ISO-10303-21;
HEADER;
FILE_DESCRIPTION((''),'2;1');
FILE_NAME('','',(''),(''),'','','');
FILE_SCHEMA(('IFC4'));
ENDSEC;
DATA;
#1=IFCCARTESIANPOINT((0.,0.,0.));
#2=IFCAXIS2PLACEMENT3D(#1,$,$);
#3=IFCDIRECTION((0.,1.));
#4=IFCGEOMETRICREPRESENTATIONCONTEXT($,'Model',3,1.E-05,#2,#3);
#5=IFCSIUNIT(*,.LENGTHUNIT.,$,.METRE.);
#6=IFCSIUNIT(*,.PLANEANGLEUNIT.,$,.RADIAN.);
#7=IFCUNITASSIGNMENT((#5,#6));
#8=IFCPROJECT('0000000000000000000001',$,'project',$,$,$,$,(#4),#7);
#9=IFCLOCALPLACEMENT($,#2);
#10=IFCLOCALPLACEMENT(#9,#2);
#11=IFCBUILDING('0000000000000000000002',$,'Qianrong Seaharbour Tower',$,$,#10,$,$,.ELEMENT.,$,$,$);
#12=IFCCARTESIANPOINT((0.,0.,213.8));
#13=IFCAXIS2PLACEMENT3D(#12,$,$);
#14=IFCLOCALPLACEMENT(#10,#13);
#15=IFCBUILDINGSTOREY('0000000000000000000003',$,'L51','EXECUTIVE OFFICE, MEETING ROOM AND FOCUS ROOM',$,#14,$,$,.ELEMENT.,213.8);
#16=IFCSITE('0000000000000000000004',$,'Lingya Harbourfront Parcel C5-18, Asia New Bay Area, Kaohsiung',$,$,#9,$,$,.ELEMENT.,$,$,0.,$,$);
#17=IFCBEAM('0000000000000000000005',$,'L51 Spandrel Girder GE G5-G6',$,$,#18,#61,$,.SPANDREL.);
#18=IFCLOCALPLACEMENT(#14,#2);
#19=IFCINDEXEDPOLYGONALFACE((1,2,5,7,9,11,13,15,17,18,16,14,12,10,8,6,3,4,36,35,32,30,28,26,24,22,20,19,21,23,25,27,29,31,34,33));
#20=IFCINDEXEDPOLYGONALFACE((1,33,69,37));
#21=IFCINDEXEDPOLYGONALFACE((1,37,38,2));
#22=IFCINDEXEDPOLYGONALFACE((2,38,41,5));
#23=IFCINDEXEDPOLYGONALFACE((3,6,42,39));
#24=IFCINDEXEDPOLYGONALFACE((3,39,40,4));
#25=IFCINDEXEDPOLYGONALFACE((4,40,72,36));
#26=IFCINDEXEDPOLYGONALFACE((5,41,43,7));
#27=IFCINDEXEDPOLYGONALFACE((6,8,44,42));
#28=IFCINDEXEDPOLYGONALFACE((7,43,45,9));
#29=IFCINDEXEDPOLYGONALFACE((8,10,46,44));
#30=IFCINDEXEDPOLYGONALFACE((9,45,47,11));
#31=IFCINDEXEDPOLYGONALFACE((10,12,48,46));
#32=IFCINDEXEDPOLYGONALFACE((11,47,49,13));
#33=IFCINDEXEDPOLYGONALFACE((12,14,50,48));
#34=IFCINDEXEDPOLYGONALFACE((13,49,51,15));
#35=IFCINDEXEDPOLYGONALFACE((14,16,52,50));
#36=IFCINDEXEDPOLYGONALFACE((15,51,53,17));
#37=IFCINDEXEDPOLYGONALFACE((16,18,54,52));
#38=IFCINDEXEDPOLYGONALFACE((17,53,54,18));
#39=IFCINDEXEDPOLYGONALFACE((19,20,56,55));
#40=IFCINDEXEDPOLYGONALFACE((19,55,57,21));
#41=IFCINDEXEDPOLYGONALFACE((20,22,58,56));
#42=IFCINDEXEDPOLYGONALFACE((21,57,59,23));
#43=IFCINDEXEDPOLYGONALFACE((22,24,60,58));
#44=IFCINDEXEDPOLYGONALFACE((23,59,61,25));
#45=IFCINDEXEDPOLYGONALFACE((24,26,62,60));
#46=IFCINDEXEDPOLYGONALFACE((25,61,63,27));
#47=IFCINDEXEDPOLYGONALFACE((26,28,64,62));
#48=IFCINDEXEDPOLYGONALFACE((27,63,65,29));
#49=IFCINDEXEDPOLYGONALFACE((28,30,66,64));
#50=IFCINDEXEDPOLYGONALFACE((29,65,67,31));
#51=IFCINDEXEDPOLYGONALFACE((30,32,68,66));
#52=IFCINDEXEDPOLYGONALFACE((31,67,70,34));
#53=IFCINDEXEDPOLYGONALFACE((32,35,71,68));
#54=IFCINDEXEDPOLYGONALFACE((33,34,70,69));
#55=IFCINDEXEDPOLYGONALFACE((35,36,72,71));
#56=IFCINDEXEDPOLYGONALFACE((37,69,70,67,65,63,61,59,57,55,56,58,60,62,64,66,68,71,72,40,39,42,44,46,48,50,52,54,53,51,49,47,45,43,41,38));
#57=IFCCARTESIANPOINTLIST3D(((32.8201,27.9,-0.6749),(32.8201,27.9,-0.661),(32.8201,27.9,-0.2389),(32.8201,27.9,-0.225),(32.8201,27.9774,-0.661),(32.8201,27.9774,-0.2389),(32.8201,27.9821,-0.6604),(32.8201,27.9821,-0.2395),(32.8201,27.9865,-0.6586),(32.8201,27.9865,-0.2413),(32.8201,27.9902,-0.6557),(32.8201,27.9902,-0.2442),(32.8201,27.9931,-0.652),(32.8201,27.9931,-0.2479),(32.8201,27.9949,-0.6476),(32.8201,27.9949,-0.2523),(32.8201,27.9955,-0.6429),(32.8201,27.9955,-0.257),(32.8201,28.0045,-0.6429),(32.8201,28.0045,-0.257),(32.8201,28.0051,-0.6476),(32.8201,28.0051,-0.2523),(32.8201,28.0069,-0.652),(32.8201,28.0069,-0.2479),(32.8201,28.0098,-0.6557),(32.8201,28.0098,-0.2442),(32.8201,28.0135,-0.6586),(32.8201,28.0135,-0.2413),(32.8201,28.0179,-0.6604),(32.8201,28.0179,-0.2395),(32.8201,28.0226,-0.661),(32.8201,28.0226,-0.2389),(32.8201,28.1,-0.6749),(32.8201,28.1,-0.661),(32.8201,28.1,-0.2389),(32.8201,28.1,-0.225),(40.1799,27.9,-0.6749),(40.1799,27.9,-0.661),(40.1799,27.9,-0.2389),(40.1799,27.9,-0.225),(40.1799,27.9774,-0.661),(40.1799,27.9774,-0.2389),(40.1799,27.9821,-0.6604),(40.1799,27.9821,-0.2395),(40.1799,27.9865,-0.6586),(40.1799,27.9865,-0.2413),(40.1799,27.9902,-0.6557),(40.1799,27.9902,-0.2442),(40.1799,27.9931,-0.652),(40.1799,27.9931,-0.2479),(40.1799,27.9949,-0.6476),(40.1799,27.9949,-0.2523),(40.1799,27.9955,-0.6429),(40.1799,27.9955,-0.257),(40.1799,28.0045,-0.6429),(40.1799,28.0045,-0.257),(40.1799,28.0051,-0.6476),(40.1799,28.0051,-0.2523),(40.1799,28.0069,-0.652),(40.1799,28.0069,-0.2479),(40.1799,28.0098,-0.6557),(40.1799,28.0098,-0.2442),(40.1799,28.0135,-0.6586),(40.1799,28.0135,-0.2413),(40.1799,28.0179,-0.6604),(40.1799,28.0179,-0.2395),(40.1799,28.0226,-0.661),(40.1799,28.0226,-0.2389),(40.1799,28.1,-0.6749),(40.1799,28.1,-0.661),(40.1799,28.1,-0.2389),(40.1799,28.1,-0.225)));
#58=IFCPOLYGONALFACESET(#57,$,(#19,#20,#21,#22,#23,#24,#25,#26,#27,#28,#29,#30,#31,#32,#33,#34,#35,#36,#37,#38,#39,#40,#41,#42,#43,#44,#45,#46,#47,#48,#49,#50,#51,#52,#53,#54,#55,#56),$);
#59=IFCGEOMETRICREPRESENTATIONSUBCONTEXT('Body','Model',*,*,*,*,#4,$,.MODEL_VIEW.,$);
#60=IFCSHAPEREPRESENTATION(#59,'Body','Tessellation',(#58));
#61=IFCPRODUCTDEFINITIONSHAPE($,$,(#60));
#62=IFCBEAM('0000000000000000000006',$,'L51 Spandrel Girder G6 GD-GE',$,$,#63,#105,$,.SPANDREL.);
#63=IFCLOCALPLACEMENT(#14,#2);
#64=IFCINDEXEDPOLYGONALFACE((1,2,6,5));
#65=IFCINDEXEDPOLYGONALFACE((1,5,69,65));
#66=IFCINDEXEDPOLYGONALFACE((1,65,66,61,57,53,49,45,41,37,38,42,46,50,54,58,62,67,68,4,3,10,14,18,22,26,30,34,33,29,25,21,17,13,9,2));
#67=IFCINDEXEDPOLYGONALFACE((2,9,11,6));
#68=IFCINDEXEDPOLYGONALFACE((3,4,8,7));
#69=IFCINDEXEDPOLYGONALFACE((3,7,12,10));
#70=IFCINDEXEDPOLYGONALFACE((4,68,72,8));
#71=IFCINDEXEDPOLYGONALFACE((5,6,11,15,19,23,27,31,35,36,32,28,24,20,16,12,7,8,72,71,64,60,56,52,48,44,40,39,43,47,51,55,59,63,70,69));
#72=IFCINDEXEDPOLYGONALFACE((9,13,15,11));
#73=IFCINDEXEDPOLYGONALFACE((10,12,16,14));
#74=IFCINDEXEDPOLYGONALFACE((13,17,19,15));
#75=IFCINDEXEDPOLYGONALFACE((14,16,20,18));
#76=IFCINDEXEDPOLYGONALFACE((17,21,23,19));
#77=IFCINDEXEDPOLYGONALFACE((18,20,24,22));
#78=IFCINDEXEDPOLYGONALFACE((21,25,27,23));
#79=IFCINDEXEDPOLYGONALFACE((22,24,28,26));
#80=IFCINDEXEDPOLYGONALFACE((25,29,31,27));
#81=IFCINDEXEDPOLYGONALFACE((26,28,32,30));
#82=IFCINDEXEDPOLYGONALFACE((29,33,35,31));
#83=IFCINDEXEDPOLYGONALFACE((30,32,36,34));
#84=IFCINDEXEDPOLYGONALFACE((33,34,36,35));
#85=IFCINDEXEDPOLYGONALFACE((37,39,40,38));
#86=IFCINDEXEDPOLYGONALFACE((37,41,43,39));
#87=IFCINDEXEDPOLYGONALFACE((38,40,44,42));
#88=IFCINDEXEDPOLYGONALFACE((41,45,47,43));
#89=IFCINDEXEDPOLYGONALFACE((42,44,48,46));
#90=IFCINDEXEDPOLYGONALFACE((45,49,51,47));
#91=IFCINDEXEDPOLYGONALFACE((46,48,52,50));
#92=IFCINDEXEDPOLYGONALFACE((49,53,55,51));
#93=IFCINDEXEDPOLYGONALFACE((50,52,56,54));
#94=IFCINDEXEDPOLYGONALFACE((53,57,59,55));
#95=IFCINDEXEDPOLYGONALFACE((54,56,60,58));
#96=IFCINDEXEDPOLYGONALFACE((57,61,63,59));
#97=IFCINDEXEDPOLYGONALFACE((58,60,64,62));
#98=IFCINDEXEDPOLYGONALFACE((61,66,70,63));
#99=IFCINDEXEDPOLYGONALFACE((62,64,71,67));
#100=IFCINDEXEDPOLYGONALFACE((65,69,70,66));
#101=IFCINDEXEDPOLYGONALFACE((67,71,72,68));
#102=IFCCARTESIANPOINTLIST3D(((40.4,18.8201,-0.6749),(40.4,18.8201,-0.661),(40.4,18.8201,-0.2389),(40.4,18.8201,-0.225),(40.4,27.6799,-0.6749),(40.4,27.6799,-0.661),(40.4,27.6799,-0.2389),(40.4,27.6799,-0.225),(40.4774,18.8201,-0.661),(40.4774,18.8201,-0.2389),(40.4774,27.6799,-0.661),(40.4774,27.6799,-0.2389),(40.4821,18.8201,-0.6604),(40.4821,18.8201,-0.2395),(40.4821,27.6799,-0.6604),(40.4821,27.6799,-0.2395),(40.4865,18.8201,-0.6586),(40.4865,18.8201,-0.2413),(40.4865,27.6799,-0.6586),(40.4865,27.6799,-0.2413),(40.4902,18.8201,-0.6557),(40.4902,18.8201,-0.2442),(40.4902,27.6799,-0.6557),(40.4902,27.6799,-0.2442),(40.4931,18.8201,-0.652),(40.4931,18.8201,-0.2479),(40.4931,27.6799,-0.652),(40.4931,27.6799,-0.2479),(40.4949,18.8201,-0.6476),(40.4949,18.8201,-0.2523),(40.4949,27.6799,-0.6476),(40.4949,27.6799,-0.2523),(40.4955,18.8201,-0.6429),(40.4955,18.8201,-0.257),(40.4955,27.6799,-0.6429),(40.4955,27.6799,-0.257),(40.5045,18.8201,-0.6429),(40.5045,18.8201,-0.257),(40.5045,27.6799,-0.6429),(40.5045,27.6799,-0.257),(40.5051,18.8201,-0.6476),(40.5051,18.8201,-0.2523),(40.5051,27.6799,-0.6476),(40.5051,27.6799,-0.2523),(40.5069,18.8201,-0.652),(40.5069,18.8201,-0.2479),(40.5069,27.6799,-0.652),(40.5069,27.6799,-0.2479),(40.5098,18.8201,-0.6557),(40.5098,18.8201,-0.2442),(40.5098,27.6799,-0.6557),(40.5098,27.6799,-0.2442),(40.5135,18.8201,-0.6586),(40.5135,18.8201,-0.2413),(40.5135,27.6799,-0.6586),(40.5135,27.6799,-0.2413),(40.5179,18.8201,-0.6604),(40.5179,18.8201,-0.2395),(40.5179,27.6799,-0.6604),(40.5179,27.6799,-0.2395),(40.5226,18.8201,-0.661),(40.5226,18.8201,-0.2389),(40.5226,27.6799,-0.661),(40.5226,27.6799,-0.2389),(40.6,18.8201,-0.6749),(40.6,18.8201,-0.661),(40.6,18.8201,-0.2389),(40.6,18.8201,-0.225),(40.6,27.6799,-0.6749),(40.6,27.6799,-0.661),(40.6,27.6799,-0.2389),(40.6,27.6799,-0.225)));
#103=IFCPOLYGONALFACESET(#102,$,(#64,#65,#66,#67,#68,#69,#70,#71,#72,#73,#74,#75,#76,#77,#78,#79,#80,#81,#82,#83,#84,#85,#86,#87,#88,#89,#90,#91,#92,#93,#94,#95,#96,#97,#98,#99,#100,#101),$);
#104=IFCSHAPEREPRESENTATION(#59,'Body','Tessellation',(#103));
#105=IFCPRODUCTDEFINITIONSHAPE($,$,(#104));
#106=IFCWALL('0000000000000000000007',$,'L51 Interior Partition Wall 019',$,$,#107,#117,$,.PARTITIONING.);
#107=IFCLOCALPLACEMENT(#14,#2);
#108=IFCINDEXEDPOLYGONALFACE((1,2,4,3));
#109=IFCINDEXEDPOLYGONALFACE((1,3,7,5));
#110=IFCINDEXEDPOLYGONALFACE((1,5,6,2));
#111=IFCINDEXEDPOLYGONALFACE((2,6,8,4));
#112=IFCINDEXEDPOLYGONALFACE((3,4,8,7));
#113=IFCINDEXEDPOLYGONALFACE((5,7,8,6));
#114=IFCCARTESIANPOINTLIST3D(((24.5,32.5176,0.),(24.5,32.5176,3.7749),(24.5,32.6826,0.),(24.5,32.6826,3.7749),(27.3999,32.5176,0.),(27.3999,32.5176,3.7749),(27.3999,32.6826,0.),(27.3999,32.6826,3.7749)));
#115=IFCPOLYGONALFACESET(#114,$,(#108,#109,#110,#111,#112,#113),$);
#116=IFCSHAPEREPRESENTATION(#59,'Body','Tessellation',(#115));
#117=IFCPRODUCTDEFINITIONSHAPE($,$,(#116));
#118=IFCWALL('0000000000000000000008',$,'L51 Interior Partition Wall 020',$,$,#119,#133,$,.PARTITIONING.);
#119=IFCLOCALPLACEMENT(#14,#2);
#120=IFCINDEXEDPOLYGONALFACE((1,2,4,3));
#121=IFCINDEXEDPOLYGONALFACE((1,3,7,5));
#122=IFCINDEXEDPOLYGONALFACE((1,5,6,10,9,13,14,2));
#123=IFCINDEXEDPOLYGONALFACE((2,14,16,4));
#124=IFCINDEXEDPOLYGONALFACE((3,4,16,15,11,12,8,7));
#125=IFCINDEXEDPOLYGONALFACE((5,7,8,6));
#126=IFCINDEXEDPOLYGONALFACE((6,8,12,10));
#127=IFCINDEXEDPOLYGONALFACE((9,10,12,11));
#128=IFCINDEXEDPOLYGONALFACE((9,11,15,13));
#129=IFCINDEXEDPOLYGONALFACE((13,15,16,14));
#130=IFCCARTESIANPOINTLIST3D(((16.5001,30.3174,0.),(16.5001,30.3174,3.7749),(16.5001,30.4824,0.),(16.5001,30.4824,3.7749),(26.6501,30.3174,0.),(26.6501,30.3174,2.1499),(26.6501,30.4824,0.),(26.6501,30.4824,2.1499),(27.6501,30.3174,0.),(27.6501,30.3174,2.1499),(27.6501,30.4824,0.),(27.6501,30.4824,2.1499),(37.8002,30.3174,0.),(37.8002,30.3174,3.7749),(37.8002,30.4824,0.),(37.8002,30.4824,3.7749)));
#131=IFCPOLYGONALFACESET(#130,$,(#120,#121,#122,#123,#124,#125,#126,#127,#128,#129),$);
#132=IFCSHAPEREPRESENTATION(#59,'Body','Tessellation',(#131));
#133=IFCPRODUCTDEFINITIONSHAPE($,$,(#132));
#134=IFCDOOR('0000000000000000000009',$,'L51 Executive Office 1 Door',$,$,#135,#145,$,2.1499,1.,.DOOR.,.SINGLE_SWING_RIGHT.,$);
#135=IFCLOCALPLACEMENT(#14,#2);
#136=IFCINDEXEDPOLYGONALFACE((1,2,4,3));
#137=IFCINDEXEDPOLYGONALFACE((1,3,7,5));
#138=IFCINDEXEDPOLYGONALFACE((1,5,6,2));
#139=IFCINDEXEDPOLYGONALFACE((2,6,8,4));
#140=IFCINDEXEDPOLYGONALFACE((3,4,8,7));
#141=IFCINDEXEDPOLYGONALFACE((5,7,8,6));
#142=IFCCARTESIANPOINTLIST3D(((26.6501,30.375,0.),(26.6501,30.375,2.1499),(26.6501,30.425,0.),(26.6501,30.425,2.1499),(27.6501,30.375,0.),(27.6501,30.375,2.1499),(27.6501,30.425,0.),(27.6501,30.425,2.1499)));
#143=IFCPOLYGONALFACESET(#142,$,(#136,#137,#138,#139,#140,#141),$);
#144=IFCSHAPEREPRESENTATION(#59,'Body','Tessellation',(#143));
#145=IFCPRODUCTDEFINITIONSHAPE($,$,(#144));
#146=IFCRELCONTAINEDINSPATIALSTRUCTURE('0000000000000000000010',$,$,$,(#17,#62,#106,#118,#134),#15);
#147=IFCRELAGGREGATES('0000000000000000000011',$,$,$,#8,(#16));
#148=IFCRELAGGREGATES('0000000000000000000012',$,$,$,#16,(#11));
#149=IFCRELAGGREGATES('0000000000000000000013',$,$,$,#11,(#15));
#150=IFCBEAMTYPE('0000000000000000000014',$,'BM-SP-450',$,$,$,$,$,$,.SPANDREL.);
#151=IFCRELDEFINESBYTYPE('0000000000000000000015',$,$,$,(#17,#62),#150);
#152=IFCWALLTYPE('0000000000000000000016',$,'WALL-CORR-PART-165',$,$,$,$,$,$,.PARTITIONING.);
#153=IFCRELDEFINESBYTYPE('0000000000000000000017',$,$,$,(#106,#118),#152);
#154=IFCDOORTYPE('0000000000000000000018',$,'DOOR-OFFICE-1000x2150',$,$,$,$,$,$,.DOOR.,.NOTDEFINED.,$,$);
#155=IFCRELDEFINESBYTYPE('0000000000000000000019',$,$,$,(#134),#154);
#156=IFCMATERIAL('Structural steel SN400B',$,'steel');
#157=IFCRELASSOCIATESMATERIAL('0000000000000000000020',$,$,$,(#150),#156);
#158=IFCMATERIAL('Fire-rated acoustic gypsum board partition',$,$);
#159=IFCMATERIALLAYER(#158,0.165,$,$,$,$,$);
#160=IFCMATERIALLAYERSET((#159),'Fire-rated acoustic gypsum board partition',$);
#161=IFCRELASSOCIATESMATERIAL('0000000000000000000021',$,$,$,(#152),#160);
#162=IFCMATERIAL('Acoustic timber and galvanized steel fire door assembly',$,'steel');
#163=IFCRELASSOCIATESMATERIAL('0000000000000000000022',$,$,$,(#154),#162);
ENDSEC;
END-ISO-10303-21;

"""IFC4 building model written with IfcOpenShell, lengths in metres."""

from ifc_helpers import new_model, si_unit, direction, frame, frame_2d, origin, origin_2d, place, context, subcontext, project, spatial, rectangle, i_section, extrude, material, layer, layer_set, material_profile, profile_set, type_object, element, fill, save


model = new_model("IFC4")

# Units and contexts
model_context = context("Model", 3, precision=1e-05, world=origin(), true_north=direction((0.0, 1.0)))
body_context = subcontext(model_context, "Body", "Model", "MODEL_VIEW")
ifc_project = project(units=[si_unit("LENGTHUNIT", "METRE"), si_unit("PLANEANGLEUNIT", "RADIAN")], contexts=[model_context])

# Site, building, storey
site_placement = place(None, origin())
site = spatial("IfcSite", under=ifc_project, at=site_placement, Name="Lingya Harbourfront Parcel C5-18, Asia New Bay Area, Kaohsiung", CompositionType="ELEMENT", RefElevation=0.0)
building_placement = place(site_placement, origin())
building = spatial("IfcBuilding", under=site, at=building_placement, Name="Qianrong Seaharbour Tower", CompositionType="ELEMENT")
storey_placement = place(building_placement, frame((0.0, 0.0, 213.8)))
storey = spatial("IfcBuildingStorey", under=building, at=storey_placement, Name="L51", Description="EXECUTIVE OFFICE, MEETING ROOM AND FOCUS ROOM", CompositionType="ELEMENT", Elevation=213.8)

# Beams
ifc_material_1 = material(Name="Structural steel SN400B", Category="steel")
ifc_material_profile_1 = material_profile(ifc_material_1, i_section(OverallWidth=0.2, OverallDepth=0.45, WebThickness=0.009, FlangeThickness=0.0139, FilletRadius=0.0181, at=origin_2d()), Name="H450x200x9x14")
ifc_profile_set_1 = profile_set([ifc_material_profile_1], Name="Structural steel SN400B")
beam_type_1 = type_object("IfcBeamType", Name="BM-SP-450", PredefinedType="SPANDREL", material=ifc_profile_set_1)
for number, where, z_axis, x_axis, name in (
    (1, (32.8201, 28.0, -0.45), (1.0, 0.0, 0.0), (0.0, 1.0, 0.0), "L51 Spandrel Girder GE G5-G6"),
):
    element("IfcBeam", number, at=place(storey_placement, frame(where, z_axis=z_axis, x_axis=x_axis)), inside=storey, type_object=beam_type_1, Name=name, PredefinedType="SPANDREL", context=body_context, shape_type="SweptSolid", body=[
        extrude(i_section(OverallWidth=0.2, OverallDepth=0.45, WebThickness=0.009, FlangeThickness=0.0139, FilletRadius=0.0181, at=origin_2d()), origin(), (0.0, 0.0, 1.0), 7.3599),
    ])
beam_1_placement = place(storey_placement, frame((40.5, 18.8201, -0.45), z_axis=(0.0, 1.0, 0.0), x_axis=(-1.0, 0.0, 0.0)))
element("IfcBeam", 2, at=beam_1_placement, inside=storey, type_object=beam_type_1, Name="L51 Spandrel Girder G6 GD-GE", PredefinedType="SPANDREL", context=body_context, shape_type="SweptSolid", body=[
    extrude(i_section(OverallWidth=0.2, OverallDepth=0.45, WebThickness=0.009, FlangeThickness=0.0139, FilletRadius=0.0181, at=origin_2d()), origin(), (0.0, 0.0, 1.0), 8.8599),
])

# Wall
ifc_material_2 = material(Name="Fire-rated acoustic gypsum board partition")
ifc_layer_1 = layer(ifc_material_2, 0.165)
ifc_layer_set_1 = layer_set([ifc_layer_1], Name="Fire-rated acoustic gypsum board partition")
wall_type_1 = type_object("IfcWallType", Name="WALL-CORR-PART-165", PredefinedType="PARTITIONING", material=ifc_layer_set_1)
wall_1_placement = place(storey_placement, frame((24.5, 32.6001, 0.0), z_axis=(0.0, 0.0, 1.0), x_axis=(1.0, 0.0, 0.0)))
element("IfcWall", 3, at=wall_1_placement, inside=storey, type_object=wall_type_1, Name="L51 Interior Partition Wall 019", PredefinedType="PARTITIONING", context=body_context, shape_type="SweptSolid", body=[
    extrude(rectangle(XDim=2.8999, YDim=0.165, at=frame_2d((1.45, 0.0))), origin(), (0.0, 0.0, 1.0), 3.7749),
])

# Wall, opening, door
wall_2_placement = place(storey_placement, frame((37.8, 30.3999, 0.0), z_axis=(0.0, 0.0, 1.0), x_axis=(-1.0, 0.0, 0.0)))
wall_2 = element("IfcWall", 4, at=wall_2_placement, inside=storey, type_object=wall_type_1, Name="L51 Interior Partition Wall 020", PredefinedType="PARTITIONING", context=body_context, shape_type="SweptSolid", body=[
    extrude(rectangle(XDim=21.3, YDim=0.165, at=frame_2d((10.6499, 0.0))), origin(), (0.0, 0.0, 1.0), 3.7749),
])
opening_1_placement = place(wall_2_placement, frame((10.1499, 0.0, 0.0)))
opening_1 = element("IfcOpeningElement", 5, at=opening_1_placement, cuts=wall_2, PredefinedType="OPENING", context=body_context, shape_type="SweptSolid", body=[
    extrude(rectangle(XDim=1.0, YDim=2.1499, at=frame_2d((0.5, 1.075))), frame((0.0, 0.0925, 0.0), z_axis=(0.0, -1.0, 0.0), x_axis=(1.0, 0.0, 0.0)), (0.0, 0.0, 1.0), 0.1851),
])
ifc_material_3 = material(Name="Acoustic timber and galvanized steel fire door assembly", Category="steel")
door_type = type_object("IfcDoorType", Name="DOOR-OFFICE-1000x2150", OperationType="NOTDEFINED", PredefinedType="DOOR", material=ifc_material_3)
door_placement = place(opening_1_placement, origin())
door = element("IfcDoor", 6, at=door_placement, inside=storey, type_object=door_type, Name="L51 Executive Office 1 Door", OperationType="SINGLE_SWING_RIGHT", OverallHeight=2.1499, OverallWidth=1.0, PredefinedType="DOOR", context=body_context, shape_type="SweptSolid", body=[
    extrude(rectangle(XDim=1.0, YDim=2.1499, at=frame_2d((0.5, 1.075))), frame((0.0, 0.0249, 0.0), z_axis=(0.0, -1.0, 0.0), x_axis=(1.0, 0.0, 0.0)), (0.0, 0.0, 1.0), 0.05),
])
fill(opening_1, door)

save(model, "model.ifc")
